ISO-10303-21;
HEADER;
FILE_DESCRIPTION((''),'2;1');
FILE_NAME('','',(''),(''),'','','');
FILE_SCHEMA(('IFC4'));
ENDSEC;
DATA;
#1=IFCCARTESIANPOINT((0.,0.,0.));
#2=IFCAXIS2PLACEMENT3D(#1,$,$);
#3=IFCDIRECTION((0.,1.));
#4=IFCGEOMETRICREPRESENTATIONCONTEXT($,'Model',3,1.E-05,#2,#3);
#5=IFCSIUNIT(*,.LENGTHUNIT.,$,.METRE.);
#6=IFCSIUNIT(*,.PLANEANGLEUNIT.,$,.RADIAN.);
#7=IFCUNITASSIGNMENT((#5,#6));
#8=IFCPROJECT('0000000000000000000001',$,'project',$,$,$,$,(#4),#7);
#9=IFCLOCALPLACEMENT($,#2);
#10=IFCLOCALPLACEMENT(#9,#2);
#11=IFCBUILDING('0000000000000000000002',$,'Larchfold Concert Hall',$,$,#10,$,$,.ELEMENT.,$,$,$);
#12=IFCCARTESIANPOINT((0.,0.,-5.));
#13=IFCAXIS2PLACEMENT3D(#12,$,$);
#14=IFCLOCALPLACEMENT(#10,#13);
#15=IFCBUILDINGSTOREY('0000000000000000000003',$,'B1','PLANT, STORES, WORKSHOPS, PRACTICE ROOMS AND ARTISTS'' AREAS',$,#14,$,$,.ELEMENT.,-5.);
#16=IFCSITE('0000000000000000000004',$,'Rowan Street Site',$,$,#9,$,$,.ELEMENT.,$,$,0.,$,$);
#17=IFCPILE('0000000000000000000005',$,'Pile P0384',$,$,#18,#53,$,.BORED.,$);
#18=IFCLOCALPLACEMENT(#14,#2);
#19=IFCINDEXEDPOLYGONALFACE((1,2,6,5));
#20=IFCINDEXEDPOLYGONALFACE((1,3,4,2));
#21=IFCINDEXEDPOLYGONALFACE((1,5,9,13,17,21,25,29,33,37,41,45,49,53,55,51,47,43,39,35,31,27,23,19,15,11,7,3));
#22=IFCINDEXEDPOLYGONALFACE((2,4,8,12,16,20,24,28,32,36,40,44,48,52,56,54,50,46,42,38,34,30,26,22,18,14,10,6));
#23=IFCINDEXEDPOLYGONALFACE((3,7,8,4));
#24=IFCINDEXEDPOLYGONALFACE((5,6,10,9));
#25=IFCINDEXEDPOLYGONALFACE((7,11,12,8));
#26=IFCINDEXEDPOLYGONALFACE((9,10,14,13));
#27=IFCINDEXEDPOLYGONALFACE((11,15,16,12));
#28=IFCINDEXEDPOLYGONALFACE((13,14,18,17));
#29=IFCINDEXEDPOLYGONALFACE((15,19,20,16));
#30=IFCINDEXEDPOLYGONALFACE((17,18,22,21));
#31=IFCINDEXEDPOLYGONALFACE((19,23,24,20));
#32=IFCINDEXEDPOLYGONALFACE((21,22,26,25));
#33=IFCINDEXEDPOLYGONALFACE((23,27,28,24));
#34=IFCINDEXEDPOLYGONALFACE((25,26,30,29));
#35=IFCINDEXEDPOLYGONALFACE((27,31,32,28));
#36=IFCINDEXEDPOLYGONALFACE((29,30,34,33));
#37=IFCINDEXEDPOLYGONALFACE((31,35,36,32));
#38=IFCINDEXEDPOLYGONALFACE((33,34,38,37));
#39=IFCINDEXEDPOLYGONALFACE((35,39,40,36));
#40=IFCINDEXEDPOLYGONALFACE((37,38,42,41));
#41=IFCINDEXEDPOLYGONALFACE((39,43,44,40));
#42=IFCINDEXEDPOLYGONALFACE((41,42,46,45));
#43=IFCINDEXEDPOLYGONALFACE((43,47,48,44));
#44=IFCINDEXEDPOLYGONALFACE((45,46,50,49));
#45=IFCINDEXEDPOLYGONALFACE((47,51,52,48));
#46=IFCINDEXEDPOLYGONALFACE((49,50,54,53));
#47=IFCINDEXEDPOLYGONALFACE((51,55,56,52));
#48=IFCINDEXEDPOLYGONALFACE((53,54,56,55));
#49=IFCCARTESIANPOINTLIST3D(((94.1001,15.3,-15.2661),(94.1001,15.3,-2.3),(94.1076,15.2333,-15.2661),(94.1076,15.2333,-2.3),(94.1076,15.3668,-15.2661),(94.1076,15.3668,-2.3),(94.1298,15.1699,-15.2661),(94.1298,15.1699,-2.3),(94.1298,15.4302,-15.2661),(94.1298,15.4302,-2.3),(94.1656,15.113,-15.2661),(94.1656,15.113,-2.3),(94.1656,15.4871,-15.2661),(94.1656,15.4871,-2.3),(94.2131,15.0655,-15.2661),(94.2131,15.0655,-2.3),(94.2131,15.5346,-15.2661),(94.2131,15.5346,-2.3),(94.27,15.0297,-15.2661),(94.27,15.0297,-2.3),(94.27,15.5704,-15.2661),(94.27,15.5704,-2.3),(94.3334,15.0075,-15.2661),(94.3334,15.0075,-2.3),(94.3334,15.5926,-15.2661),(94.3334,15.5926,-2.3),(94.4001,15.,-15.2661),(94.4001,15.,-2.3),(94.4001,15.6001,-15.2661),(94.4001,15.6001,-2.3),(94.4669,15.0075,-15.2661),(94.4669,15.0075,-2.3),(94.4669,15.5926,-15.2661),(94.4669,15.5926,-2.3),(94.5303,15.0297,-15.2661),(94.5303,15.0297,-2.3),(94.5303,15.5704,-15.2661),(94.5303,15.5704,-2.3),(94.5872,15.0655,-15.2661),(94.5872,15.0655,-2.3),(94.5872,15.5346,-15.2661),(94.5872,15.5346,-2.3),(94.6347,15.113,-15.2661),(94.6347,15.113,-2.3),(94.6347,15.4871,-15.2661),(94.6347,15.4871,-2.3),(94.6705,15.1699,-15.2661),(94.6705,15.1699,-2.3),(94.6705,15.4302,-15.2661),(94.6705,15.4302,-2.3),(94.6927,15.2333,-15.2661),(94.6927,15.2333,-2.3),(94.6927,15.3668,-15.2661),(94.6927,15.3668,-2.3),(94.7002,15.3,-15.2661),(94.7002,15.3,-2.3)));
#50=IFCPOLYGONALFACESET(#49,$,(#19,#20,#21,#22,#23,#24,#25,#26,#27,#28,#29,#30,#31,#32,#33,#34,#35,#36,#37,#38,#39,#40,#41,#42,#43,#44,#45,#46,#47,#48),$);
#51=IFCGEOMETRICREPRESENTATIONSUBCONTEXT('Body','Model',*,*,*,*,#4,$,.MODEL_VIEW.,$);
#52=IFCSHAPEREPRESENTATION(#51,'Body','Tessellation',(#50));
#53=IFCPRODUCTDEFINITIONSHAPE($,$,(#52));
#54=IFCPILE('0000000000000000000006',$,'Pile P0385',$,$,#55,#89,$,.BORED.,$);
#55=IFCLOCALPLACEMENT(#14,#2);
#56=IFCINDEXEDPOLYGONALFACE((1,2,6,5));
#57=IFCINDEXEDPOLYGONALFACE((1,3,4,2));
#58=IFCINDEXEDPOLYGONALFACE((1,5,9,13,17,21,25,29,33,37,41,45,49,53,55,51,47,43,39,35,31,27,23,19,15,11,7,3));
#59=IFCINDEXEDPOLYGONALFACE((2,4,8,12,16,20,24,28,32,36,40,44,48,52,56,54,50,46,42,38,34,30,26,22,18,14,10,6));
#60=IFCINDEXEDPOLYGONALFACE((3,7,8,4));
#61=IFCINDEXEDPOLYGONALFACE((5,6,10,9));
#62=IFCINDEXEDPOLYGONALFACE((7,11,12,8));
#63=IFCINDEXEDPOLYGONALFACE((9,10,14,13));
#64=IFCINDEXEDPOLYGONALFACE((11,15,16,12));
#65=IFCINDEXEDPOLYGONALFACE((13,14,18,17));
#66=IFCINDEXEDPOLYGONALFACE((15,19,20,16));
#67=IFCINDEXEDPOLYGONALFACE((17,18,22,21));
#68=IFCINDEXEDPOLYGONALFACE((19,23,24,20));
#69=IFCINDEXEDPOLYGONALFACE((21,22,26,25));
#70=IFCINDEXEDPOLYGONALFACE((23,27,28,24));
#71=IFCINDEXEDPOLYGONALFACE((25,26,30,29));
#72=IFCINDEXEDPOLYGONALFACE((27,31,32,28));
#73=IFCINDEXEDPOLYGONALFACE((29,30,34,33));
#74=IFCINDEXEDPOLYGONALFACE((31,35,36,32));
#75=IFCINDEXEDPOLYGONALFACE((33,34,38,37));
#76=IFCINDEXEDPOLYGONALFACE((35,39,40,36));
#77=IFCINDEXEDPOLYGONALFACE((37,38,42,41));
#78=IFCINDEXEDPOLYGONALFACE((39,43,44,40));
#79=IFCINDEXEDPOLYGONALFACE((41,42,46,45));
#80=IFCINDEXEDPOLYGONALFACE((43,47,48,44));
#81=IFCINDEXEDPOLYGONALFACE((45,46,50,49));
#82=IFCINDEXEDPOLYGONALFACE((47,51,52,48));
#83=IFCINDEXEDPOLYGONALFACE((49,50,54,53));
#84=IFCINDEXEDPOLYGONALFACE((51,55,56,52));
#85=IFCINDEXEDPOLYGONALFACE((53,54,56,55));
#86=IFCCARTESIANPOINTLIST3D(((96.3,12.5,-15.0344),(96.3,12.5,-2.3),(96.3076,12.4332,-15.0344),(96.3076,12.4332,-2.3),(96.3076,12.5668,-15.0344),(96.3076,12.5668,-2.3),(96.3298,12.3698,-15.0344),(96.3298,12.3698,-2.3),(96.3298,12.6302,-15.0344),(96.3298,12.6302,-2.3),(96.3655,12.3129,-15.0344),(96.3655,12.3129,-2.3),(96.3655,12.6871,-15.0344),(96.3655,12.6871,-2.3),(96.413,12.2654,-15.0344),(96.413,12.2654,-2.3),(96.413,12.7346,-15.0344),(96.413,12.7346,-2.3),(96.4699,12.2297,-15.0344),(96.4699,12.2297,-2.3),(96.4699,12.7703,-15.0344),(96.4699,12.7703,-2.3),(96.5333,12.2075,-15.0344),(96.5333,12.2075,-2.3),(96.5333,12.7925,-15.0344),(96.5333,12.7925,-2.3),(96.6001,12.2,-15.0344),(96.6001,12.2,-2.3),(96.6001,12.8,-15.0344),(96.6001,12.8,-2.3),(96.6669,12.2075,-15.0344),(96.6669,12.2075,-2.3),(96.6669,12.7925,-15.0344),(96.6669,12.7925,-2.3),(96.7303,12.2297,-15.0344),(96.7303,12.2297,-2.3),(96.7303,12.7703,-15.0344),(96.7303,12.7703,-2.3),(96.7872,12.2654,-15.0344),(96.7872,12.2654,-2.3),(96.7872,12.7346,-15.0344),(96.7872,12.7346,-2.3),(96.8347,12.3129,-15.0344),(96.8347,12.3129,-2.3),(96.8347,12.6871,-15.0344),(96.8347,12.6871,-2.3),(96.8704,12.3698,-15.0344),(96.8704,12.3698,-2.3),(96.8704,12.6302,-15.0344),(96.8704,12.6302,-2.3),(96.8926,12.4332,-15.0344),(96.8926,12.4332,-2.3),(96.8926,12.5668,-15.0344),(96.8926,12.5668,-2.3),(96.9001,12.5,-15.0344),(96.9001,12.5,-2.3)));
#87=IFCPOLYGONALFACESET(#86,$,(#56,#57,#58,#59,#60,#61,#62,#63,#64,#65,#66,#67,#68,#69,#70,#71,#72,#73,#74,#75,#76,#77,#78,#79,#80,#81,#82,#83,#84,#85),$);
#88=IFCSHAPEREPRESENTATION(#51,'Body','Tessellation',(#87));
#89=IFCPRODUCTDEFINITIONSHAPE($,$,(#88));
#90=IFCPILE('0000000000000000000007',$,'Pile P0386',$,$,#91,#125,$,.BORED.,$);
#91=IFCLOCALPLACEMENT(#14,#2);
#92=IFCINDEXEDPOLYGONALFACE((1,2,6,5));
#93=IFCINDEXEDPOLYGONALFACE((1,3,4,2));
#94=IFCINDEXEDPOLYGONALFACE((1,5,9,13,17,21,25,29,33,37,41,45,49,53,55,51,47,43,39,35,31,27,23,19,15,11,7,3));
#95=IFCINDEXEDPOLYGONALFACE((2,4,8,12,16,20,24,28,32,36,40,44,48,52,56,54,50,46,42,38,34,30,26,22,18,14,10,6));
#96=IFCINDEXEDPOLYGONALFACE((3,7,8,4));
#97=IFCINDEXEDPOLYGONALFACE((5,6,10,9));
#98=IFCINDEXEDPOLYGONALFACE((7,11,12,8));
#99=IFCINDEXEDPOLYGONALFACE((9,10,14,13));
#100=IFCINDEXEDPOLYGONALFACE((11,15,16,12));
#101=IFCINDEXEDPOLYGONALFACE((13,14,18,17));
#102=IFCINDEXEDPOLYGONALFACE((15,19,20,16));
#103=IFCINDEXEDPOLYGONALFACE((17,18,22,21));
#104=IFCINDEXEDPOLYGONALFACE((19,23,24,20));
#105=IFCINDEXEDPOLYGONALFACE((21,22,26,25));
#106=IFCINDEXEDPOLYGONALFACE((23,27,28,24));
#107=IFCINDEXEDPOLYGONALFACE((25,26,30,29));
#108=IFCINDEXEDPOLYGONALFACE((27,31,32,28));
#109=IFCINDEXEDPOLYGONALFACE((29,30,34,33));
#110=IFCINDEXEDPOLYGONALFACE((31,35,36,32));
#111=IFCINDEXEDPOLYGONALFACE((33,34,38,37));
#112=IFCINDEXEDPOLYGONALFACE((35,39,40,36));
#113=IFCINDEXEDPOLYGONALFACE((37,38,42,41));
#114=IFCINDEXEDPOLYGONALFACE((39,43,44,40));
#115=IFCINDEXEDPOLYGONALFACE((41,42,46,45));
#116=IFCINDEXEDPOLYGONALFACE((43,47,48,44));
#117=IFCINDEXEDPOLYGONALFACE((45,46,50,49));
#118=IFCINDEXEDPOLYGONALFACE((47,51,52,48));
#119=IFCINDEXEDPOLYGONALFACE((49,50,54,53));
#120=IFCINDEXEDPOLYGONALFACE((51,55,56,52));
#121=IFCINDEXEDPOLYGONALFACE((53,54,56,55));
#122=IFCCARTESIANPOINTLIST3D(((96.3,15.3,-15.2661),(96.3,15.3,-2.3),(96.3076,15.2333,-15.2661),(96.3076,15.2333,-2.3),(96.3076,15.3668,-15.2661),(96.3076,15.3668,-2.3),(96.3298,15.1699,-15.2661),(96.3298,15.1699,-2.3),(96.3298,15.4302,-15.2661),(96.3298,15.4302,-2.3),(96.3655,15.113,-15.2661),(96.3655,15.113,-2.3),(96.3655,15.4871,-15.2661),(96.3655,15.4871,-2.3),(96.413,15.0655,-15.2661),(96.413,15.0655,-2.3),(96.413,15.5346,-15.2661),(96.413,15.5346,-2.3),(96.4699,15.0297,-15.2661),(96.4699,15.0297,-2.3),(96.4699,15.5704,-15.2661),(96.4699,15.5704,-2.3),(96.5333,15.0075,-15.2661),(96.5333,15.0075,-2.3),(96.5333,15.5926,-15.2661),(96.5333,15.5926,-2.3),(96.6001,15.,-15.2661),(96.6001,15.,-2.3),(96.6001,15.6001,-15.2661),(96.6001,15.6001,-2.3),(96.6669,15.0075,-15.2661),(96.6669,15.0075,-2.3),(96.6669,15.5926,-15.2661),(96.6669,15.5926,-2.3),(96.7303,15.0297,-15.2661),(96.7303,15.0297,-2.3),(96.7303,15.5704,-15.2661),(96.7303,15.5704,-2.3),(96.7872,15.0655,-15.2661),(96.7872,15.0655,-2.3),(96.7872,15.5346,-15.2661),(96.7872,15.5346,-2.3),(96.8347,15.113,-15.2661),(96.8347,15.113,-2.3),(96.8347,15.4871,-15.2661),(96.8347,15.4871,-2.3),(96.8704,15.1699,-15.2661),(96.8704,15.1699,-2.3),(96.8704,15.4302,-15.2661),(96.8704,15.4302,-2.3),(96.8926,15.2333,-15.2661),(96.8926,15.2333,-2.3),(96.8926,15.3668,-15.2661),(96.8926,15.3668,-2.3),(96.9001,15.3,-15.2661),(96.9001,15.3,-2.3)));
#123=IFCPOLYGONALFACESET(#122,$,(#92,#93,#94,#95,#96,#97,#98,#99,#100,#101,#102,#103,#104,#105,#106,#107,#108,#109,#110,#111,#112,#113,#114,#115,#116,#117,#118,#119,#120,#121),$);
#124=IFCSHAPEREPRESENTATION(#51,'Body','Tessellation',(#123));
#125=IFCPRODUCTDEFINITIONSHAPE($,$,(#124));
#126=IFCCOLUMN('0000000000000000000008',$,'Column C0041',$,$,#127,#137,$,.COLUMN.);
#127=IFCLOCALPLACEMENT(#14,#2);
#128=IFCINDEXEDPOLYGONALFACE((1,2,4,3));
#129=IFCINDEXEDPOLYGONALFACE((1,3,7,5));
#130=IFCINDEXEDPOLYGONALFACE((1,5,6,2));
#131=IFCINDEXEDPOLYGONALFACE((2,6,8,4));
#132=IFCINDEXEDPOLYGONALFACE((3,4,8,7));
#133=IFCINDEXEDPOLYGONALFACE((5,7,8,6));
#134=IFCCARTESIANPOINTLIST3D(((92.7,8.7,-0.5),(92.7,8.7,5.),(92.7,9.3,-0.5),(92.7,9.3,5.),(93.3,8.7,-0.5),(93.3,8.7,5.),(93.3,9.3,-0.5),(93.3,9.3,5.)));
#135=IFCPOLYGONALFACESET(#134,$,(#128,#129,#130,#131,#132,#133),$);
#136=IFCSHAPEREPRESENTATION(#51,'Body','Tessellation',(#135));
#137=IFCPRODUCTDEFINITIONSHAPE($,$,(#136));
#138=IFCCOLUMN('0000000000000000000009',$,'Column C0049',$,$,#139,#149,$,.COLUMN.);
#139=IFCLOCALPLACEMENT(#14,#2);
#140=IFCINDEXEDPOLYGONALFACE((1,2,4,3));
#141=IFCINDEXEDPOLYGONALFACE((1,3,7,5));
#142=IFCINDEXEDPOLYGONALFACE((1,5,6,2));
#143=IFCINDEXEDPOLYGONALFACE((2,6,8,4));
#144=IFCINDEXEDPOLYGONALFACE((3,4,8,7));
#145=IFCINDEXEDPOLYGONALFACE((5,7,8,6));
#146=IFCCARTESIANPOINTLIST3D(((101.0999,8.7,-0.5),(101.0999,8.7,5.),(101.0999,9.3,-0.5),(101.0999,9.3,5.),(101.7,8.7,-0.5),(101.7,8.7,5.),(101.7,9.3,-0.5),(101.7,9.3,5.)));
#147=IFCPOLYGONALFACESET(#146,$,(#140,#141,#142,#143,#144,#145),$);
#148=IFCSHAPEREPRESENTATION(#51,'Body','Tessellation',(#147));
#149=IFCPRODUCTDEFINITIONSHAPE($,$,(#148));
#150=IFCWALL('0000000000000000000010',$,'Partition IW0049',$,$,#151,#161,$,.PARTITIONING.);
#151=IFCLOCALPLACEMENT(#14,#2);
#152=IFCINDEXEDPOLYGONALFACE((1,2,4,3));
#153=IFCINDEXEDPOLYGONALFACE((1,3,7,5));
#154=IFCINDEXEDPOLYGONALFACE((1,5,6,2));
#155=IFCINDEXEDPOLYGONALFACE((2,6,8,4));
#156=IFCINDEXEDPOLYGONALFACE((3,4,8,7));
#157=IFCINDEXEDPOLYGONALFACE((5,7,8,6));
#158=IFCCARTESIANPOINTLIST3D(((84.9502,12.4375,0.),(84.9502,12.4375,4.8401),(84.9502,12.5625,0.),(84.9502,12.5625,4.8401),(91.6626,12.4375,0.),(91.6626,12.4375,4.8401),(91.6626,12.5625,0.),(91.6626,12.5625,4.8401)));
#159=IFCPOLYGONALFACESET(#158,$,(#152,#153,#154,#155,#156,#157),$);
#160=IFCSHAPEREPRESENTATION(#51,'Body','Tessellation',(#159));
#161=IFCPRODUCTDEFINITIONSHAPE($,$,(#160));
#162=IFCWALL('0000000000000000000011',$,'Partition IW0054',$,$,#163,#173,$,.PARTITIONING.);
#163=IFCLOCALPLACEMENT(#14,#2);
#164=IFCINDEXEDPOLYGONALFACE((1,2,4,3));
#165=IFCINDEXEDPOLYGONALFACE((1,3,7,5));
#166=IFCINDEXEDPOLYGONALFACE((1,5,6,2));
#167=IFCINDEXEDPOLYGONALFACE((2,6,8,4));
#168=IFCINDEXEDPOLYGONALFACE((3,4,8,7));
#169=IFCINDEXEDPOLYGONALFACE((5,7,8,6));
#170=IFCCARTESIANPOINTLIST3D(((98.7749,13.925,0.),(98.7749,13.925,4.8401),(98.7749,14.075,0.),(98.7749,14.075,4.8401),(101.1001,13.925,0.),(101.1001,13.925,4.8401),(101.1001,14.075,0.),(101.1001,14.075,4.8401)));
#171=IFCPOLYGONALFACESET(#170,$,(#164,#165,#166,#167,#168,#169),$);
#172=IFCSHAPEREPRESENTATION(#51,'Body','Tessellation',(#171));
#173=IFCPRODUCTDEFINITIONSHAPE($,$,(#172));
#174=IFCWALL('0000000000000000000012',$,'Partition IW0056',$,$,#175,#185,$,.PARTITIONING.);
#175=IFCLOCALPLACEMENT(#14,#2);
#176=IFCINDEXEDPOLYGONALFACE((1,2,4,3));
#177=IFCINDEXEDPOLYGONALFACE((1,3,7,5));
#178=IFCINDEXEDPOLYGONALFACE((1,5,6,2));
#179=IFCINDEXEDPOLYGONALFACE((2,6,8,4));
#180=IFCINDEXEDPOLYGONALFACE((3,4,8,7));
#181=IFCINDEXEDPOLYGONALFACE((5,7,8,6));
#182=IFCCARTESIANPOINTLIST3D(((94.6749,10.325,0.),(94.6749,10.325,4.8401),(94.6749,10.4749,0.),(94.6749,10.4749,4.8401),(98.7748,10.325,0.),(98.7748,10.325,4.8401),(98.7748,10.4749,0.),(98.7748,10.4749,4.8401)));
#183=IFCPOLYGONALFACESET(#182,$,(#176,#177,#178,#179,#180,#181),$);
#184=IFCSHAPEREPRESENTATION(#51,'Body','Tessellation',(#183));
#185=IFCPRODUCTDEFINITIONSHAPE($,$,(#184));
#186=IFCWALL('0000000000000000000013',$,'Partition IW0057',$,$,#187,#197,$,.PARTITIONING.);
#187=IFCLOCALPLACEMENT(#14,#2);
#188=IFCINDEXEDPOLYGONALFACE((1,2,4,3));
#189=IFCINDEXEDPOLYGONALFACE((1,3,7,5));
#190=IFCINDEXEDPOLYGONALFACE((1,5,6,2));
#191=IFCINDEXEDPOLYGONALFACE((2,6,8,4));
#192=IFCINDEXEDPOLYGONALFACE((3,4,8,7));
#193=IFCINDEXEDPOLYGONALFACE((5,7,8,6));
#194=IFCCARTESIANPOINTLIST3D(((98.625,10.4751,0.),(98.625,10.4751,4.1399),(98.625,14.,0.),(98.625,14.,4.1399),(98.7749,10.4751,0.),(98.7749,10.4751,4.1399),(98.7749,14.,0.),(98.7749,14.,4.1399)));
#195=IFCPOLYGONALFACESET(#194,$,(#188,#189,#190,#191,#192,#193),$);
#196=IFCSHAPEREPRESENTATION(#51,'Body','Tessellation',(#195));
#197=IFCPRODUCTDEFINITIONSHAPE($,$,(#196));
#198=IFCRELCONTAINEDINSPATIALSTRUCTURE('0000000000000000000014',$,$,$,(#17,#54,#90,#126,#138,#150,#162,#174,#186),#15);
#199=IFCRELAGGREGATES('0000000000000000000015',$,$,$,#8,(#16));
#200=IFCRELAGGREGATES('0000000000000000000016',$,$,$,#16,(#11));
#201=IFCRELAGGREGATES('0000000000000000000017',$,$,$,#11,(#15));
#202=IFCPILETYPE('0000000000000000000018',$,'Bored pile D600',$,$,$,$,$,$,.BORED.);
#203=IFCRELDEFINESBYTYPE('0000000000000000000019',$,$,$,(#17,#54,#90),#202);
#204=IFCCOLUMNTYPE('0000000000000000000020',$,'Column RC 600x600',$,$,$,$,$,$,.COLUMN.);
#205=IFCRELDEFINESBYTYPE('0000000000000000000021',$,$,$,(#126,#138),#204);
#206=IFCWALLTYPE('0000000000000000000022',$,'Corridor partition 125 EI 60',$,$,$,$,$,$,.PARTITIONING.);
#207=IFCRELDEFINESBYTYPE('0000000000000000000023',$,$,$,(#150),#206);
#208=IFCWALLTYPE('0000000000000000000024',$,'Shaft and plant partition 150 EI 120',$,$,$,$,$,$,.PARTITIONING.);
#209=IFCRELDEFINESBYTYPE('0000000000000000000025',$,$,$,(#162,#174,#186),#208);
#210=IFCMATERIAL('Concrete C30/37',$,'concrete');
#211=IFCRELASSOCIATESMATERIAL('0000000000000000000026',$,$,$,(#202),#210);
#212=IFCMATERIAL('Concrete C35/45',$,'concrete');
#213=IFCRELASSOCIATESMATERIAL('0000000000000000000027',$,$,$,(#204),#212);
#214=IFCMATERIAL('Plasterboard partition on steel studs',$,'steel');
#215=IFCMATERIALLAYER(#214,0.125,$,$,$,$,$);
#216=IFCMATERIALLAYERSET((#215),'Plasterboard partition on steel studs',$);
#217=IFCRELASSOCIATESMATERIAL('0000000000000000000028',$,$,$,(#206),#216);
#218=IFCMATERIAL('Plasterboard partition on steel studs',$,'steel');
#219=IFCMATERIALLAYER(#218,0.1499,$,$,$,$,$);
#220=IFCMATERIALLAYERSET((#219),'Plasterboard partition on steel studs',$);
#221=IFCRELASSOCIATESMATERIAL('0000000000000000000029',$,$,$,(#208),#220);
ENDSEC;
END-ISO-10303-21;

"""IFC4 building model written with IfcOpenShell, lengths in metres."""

from ifc_helpers import new_model, si_unit, direction, frame, frame_2d, origin, origin_2d, place, context, subcontext, project, spatial, rectangle, circle, extrude, material, layer, layer_set, material_profile, profile_set, type_object, element, save


model = new_model("IFC4")

# Units and contexts
model_context = context("Model", 3, precision=1e-05, world=origin(), true_north=direction((0.0, 1.0)))
body_context = subcontext(model_context, "Body", "Model", "MODEL_VIEW")
ifc_project = project(units=[si_unit("LENGTHUNIT", "METRE"), si_unit("PLANEANGLEUNIT", "RADIAN")], contexts=[model_context])

# Site, building, storey
site_placement = place(None, origin())
site = spatial("IfcSite", under=ifc_project, at=site_placement, Name="Rowan Street Site", CompositionType="ELEMENT", RefElevation=0.0)
building_placement = place(site_placement, origin())
building = spatial("IfcBuilding", under=site, at=building_placement, Name="Larchfold Concert Hall", CompositionType="ELEMENT")
storey_placement = place(building_placement, frame((0.0, 0.0, -5.0)))
storey = spatial("IfcBuildingStorey", under=building, at=storey_placement, Name="B1", Description="PLANT, STORES, WORKSHOPS, PRACTICE ROOMS AND ARTISTS' AREAS", CompositionType="ELEMENT", Elevation=-5.0)

# Piles
ifc_material_1 = material(Name="Concrete C30/37", Category="concrete")
ifc_material_profile_1 = material_profile(ifc_material_1, circle(Radius=0.3, at=origin_2d()))
ifc_profile_set_1 = profile_set([ifc_material_profile_1], Name="Concrete C30/37")
pile_type = type_object("IfcPileType", Name="Bored pile D600", PredefinedType="BORED", material=ifc_profile_set_1)
pile_1_placement = place(storey_placement, frame((94.4001, 15.3, -2.3), z_axis=(0.0, 0.0, -1.0), x_axis=(1.0, 0.0, 0.0)))
element("IfcPile", 1, at=pile_1_placement, inside=storey, type_object=pile_type, Name="Pile P0384", PredefinedType="BORED", context=body_context, shape_type="SweptSolid", body=[
    extrude(circle(Radius=0.3, at=origin_2d()), origin(), (0.0, 0.0, 1.0), 12.9661),
])
pile_2_placement = place(storey_placement, frame((96.6001, 12.5, -2.3), z_axis=(0.0, 0.0, -1.0), x_axis=(1.0, 0.0, 0.0)))
element("IfcPile", 2, at=pile_2_placement, inside=storey, type_object=pile_type, Name="Pile P0385", PredefinedType="BORED", context=body_context, shape_type="SweptSolid", body=[
    extrude(circle(Radius=0.3, at=origin_2d()), origin(), (0.0, 0.0, 1.0), 12.7344),
])
pile_3_placement = place(storey_placement, frame((96.6001, 15.3, -2.3), z_axis=(0.0, 0.0, -1.0), x_axis=(1.0, 0.0, 0.0)))
element("IfcPile", 3, at=pile_3_placement, inside=storey, type_object=pile_type, Name="Pile P0386", PredefinedType="BORED", context=body_context, shape_type="SweptSolid", body=[
    extrude(circle(Radius=0.3, at=origin_2d()), origin(), (0.0, 0.0, 1.0), 12.9661),
])

# Columns
ifc_material_2 = material(Name="Concrete C35/45", Category="concrete")
ifc_material_profile_2 = material_profile(ifc_material_2, rectangle(XDim=0.6001, YDim=0.6001, at=origin_2d()))
ifc_profile_set_2 = profile_set([ifc_material_profile_2], Name="Concrete C35/45")
column_type = type_object("IfcColumnType", Name="Column RC 600x600", PredefinedType="COLUMN", material=ifc_profile_set_2)
for number, where, z_axis, x_axis, name in (
    (4, (93.0, 9.0, -0.5), (0.0, 0.0, 1.0), (1.0, 0.0, 0.0), "Column C0041"),
    (5, (101.3999, 9.0, -0.5), (0.0, 0.0, 1.0), (1.0, 0.0, 0.0), "Column C0049"),
):
    element("IfcColumn", number, at=place(storey_placement, frame(where, z_axis=z_axis, x_axis=x_axis)), inside=storey, type_object=column_type, Name=name, PredefinedType="COLUMN", context=body_context, shape_type="SweptSolid", body=[
        extrude(rectangle(XDim=0.6001, YDim=0.6001, at=origin_2d()), origin(), (0.0, 0.0, 1.0), 5.5),
    ])

# Walls
ifc_material_3 = material(Name="Plasterboard partition on steel studs", Category="steel")
ifc_layer_1 = layer(ifc_material_3, 0.125)
ifc_layer_set_1 = layer_set([ifc_layer_1], Name="Plasterboard partition on steel studs")
wall_type_1 = type_object("IfcWallType", Name="Corridor partition 125 EI 60", PredefinedType="PARTITIONING", material=ifc_layer_set_1)
wall_1_placement = place(storey_placement, frame((91.6626, 12.5, 0.0), z_axis=(0.0, 0.0, 1.0), x_axis=(-1.0, 0.0, 0.0)))
element("IfcWall", 6, at=wall_1_placement, inside=storey, type_object=wall_type_1, Name="Partition IW0049", PredefinedType="PARTITIONING", context=body_context, shape_type="SweptSolid", body=[
    extrude(rectangle(XDim=6.7124, YDim=0.125, at=frame_2d((3.3562, 0.0))), origin(), (0.0, 0.0, 1.0), 4.8401),
])
ifc_material_4 = material(Name="Plasterboard partition on steel studs", Category="steel")
ifc_layer_2 = layer(ifc_material_4, 0.1499)
ifc_layer_set_2 = layer_set([ifc_layer_2], Name="Plasterboard partition on steel studs")
wall_type_2 = type_object("IfcWallType", Name="Shaft and plant partition 150 EI 120", PredefinedType="PARTITIONING", material=ifc_layer_set_2)
wall_2_placement = place(storey_placement, frame((98.7749, 14.0, 0.0), z_axis=(0.0, 0.0, 1.0), x_axis=(1.0, 0.0, 0.0)))
element("IfcWall", 7, at=wall_2_placement, inside=storey, type_object=wall_type_2, Name="Partition IW0054", PredefinedType="PARTITIONING", context=body_context, shape_type="SweptSolid", body=[
    extrude(rectangle(XDim=2.3252, YDim=0.1499, at=frame_2d((1.1626, 0.0))), origin(), (0.0, 0.0, 1.0), 4.8401),
])
wall_3_placement = place(storey_placement, frame((94.675, 10.3999, 0.0), z_axis=(0.0, 0.0, 1.0), x_axis=(1.0, 0.0, 0.0)))
element("IfcWall", 8, at=wall_3_placement, inside=storey, type_object=wall_type_2, Name="Partition IW0056", PredefinedType="PARTITIONING", context=body_context, shape_type="SweptSolid", body=[
    extrude(rectangle(XDim=4.0999, YDim=0.1499, at=frame_2d((2.0498, 0.0))), origin(), (0.0, 0.0, 1.0), 4.8401),
])
wall_4_placement = place(storey_placement, frame((98.7, 10.4751, 0.0), z_axis=(0.0, 0.0, 1.0), x_axis=(0.0, 1.0, 0.0)))
element("IfcWall", 9, at=wall_4_placement, inside=storey, type_object=wall_type_2, Name="Partition IW0057", PredefinedType="PARTITIONING", context=body_context, shape_type="SweptSolid", body=[
    extrude(rectangle(XDim=3.5249, YDim=0.1499, at=frame_2d((1.7625, 0.0))), origin(), (0.0, 0.0, 1.0), 4.1399),
])

save(model, "model.ifc")
